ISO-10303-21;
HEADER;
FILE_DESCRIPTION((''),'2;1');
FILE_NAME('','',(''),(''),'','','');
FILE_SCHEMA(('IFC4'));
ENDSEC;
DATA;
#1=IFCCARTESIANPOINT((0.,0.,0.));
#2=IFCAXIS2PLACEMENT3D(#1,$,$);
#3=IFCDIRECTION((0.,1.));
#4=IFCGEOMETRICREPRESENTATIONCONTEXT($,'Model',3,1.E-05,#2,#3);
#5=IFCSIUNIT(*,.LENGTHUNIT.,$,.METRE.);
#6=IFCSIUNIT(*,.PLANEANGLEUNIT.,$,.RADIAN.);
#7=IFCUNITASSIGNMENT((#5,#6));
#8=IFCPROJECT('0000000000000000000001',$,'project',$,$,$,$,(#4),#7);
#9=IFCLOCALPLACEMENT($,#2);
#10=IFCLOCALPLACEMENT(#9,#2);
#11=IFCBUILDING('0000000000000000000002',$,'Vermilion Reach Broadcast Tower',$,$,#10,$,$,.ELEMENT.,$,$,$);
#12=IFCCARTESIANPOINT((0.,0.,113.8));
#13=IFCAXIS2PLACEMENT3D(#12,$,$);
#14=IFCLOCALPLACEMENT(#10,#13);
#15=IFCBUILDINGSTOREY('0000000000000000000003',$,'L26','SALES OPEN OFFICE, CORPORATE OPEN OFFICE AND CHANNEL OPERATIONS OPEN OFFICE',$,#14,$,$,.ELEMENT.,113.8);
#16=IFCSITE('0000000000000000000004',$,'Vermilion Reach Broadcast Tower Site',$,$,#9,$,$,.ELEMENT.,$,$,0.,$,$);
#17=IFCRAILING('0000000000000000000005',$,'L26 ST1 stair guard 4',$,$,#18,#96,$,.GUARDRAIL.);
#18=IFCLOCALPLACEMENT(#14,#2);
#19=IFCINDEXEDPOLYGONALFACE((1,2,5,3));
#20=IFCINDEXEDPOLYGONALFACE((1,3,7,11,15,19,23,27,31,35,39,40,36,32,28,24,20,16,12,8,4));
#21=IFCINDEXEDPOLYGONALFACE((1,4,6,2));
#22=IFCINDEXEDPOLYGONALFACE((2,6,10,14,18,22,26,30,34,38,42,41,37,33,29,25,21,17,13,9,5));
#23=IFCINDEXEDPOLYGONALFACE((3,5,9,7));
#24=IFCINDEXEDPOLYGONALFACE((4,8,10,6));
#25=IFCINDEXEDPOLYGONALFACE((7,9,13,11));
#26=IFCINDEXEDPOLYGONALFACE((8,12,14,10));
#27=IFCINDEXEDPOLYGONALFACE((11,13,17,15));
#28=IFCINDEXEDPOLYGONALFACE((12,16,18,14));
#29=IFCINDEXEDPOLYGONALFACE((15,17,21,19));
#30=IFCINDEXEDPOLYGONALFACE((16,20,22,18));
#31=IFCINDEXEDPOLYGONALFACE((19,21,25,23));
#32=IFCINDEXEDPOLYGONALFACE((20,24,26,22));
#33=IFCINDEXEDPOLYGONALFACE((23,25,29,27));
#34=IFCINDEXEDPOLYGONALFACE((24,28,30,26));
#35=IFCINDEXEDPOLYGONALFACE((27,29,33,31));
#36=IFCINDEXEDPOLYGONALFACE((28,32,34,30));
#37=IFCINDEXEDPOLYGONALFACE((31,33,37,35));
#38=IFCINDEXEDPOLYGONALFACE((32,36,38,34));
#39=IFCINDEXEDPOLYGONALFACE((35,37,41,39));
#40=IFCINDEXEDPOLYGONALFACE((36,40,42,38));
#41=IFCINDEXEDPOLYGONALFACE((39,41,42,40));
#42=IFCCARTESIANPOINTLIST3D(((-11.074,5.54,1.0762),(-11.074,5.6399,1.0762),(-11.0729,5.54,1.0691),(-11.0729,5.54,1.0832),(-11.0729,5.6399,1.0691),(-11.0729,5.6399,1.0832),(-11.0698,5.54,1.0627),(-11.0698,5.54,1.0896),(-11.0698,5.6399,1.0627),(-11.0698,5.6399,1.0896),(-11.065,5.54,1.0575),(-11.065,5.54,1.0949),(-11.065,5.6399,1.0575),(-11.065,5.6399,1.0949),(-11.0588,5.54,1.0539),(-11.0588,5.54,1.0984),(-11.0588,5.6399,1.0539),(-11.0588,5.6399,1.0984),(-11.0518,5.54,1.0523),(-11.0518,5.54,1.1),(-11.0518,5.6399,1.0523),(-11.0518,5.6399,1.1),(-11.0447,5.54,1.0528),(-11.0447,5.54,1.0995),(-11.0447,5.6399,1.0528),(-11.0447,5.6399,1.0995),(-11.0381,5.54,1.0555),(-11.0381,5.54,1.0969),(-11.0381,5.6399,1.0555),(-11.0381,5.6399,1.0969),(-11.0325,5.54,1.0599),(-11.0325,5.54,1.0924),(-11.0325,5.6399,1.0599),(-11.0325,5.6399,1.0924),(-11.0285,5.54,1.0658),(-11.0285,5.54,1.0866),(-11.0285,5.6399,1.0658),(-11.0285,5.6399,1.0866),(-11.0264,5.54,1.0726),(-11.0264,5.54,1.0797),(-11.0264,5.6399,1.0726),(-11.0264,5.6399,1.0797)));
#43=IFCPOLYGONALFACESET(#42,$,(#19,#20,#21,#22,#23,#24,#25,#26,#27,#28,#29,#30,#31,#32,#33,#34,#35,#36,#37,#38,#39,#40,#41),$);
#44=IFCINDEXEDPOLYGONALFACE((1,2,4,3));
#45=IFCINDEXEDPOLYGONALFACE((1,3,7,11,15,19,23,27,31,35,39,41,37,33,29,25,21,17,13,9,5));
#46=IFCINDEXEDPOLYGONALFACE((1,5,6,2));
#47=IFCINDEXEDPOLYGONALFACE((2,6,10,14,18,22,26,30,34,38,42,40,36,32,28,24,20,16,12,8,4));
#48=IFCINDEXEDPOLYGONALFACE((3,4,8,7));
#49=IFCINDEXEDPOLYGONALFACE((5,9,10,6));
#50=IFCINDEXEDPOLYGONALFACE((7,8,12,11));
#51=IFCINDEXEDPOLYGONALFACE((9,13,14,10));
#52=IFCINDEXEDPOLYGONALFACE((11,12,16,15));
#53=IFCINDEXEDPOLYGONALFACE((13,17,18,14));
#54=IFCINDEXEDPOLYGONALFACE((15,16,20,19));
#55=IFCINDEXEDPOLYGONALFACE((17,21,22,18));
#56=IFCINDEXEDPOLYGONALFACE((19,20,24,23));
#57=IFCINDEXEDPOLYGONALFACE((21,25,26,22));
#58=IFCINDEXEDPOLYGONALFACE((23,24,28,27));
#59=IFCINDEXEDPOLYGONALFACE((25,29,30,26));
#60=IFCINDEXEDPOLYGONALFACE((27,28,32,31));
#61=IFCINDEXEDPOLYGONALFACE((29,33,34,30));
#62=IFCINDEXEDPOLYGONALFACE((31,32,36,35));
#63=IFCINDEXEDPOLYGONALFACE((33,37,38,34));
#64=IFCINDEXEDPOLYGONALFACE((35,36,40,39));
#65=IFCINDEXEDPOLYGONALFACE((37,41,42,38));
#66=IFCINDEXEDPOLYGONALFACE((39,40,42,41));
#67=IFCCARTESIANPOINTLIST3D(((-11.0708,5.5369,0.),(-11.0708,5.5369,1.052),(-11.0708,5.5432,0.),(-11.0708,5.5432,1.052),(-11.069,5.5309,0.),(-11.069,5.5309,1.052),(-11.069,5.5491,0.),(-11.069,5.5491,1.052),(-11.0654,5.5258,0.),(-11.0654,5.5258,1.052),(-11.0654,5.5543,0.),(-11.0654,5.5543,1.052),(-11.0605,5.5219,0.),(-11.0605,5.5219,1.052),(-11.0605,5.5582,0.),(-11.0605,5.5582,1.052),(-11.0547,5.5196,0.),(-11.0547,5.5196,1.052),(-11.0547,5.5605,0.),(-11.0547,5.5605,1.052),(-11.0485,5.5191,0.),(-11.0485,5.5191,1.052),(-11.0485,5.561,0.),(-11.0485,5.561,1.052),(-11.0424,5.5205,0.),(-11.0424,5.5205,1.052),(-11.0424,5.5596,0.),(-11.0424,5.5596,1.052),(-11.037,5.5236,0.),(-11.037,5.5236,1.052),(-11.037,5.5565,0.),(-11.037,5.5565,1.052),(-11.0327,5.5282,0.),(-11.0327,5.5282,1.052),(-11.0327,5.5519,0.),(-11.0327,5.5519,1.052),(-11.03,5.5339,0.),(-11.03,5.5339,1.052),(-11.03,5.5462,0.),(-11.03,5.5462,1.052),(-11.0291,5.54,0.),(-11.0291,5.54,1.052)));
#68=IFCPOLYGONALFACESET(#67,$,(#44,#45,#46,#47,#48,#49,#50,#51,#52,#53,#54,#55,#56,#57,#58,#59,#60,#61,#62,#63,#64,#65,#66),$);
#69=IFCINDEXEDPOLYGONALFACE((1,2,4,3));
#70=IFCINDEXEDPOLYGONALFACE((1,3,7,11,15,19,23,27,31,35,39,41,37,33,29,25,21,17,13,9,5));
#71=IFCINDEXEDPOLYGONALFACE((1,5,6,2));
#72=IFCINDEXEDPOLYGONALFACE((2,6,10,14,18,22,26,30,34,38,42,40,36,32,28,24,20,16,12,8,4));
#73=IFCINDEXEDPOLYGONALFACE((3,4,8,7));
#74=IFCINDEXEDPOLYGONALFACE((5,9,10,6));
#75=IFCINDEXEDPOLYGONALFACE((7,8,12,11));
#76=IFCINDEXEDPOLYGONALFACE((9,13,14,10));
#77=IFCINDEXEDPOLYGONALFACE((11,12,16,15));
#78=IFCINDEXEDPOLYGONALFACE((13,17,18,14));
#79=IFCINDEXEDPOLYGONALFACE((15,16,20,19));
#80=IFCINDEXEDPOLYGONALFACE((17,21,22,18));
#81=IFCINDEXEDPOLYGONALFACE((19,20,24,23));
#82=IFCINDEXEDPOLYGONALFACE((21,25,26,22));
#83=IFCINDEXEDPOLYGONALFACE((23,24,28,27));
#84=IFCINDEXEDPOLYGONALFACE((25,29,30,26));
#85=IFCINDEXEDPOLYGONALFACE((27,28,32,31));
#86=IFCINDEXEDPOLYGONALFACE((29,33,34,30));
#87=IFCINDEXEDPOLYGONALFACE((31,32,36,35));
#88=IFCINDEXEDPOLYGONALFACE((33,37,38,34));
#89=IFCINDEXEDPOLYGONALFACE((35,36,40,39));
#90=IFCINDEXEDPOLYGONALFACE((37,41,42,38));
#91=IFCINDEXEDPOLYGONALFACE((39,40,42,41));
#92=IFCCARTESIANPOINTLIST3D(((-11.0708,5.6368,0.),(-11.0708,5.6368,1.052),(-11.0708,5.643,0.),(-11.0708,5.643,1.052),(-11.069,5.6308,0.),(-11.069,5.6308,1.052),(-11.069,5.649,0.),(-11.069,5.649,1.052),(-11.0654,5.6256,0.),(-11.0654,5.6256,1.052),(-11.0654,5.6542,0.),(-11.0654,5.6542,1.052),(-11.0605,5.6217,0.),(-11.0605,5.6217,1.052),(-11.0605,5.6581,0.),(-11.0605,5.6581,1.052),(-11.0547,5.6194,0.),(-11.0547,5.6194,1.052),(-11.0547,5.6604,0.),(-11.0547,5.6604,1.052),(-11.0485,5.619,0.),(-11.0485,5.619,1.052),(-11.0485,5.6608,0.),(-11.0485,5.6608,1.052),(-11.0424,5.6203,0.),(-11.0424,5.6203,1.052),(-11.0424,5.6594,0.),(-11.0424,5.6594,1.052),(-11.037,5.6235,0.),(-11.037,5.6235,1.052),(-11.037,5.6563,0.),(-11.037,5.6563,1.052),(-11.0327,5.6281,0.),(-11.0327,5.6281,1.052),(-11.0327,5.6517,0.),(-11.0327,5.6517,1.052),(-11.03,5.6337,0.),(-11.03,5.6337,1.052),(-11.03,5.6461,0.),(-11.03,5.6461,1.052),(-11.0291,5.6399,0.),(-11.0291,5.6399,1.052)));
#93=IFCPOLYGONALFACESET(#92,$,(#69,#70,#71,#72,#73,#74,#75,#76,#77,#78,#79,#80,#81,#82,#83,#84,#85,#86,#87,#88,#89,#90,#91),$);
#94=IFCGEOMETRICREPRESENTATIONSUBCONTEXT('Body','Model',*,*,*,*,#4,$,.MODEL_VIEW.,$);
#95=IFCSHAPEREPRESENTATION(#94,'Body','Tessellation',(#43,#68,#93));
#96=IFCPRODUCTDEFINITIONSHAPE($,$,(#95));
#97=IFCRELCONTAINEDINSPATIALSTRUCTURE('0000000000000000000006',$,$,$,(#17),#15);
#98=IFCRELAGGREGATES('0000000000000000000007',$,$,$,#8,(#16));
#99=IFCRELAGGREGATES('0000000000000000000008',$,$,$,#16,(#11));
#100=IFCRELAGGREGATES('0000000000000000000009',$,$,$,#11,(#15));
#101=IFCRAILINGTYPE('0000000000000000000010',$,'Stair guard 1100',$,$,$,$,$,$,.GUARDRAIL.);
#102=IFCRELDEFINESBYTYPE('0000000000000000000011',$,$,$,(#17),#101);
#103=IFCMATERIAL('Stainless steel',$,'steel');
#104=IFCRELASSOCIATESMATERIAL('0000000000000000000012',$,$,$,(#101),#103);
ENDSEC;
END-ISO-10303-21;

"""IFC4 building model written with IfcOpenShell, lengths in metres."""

from ifc_helpers import new_model, si_unit, direction, frame, origin, origin_2d, place, context, subcontext, project, spatial, circle, extrude, material, type_object, element, save


model = new_model("IFC4")

# Units and contexts
model_context = context("Model", 3, precision=1e-05, world=origin(), true_north=direction((0.0, 1.0)))
body_context = subcontext(model_context, "Body", "Model", "MODEL_VIEW")
ifc_project = project(units=[si_unit("LENGTHUNIT", "METRE"), si_unit("PLANEANGLEUNIT", "RADIAN")], contexts=[model_context])

# Site, building, storey
site_placement = place(None, origin())
site = spatial("IfcSite", under=ifc_project, at=site_placement, Name="Vermilion Reach Broadcast Tower Site", CompositionType="ELEMENT", RefElevation=0.0)
building_placement = place(site_placement, origin())
building = spatial("IfcBuilding", under=site, at=building_placement, Name="Vermilion Reach Broadcast Tower", CompositionType="ELEMENT")
storey_placement = place(building_placement, frame((0.0, 0.0, 113.8)))
storey = spatial("IfcBuildingStorey", under=building, at=storey_placement, Name="L26", Description="SALES OPEN OFFICE, CORPORATE OPEN OFFICE AND CHANNEL OPERATIONS OPEN OFFICE", CompositionType="ELEMENT", Elevation=113.8)

# Railing
ifc_material_1 = material(Name="Stainless steel", Category="steel")
railing_type_1 = type_object("IfcRailingType", Name="Stair guard 1100", PredefinedType="GUARDRAIL", material=ifc_material_1)
railing_1_placement = place(storey_placement, frame((-11.05, 5.54, 0.0)))
element("IfcRailing", 1, at=railing_1_placement, inside=storey, type_object=railing_type_1, Name="L26 ST1 stair guard 4", PredefinedType="GUARDRAIL", context=body_context, shape_type="SweptSolid", body=[
    extrude(circle(Radius=0.0239, at=origin_2d()), frame((0.0, 0.0, 1.0762), z_axis=(0.0, 1.0, 0.0), x_axis=(-1.0, 0.0, 0.0)), (0.0, 0.0, 1.0), 0.0999),
    extrude(circle(Radius=0.021, at=origin_2d()), origin(), (0.0, 0.0, 1.0), 1.052),
    extrude(circle(Radius=0.021, at=origin_2d()), frame((0.0, 0.0999, 0.0)), (0.0, 0.0, 1.0), 1.052),
])

save(model, "model.ifc")
